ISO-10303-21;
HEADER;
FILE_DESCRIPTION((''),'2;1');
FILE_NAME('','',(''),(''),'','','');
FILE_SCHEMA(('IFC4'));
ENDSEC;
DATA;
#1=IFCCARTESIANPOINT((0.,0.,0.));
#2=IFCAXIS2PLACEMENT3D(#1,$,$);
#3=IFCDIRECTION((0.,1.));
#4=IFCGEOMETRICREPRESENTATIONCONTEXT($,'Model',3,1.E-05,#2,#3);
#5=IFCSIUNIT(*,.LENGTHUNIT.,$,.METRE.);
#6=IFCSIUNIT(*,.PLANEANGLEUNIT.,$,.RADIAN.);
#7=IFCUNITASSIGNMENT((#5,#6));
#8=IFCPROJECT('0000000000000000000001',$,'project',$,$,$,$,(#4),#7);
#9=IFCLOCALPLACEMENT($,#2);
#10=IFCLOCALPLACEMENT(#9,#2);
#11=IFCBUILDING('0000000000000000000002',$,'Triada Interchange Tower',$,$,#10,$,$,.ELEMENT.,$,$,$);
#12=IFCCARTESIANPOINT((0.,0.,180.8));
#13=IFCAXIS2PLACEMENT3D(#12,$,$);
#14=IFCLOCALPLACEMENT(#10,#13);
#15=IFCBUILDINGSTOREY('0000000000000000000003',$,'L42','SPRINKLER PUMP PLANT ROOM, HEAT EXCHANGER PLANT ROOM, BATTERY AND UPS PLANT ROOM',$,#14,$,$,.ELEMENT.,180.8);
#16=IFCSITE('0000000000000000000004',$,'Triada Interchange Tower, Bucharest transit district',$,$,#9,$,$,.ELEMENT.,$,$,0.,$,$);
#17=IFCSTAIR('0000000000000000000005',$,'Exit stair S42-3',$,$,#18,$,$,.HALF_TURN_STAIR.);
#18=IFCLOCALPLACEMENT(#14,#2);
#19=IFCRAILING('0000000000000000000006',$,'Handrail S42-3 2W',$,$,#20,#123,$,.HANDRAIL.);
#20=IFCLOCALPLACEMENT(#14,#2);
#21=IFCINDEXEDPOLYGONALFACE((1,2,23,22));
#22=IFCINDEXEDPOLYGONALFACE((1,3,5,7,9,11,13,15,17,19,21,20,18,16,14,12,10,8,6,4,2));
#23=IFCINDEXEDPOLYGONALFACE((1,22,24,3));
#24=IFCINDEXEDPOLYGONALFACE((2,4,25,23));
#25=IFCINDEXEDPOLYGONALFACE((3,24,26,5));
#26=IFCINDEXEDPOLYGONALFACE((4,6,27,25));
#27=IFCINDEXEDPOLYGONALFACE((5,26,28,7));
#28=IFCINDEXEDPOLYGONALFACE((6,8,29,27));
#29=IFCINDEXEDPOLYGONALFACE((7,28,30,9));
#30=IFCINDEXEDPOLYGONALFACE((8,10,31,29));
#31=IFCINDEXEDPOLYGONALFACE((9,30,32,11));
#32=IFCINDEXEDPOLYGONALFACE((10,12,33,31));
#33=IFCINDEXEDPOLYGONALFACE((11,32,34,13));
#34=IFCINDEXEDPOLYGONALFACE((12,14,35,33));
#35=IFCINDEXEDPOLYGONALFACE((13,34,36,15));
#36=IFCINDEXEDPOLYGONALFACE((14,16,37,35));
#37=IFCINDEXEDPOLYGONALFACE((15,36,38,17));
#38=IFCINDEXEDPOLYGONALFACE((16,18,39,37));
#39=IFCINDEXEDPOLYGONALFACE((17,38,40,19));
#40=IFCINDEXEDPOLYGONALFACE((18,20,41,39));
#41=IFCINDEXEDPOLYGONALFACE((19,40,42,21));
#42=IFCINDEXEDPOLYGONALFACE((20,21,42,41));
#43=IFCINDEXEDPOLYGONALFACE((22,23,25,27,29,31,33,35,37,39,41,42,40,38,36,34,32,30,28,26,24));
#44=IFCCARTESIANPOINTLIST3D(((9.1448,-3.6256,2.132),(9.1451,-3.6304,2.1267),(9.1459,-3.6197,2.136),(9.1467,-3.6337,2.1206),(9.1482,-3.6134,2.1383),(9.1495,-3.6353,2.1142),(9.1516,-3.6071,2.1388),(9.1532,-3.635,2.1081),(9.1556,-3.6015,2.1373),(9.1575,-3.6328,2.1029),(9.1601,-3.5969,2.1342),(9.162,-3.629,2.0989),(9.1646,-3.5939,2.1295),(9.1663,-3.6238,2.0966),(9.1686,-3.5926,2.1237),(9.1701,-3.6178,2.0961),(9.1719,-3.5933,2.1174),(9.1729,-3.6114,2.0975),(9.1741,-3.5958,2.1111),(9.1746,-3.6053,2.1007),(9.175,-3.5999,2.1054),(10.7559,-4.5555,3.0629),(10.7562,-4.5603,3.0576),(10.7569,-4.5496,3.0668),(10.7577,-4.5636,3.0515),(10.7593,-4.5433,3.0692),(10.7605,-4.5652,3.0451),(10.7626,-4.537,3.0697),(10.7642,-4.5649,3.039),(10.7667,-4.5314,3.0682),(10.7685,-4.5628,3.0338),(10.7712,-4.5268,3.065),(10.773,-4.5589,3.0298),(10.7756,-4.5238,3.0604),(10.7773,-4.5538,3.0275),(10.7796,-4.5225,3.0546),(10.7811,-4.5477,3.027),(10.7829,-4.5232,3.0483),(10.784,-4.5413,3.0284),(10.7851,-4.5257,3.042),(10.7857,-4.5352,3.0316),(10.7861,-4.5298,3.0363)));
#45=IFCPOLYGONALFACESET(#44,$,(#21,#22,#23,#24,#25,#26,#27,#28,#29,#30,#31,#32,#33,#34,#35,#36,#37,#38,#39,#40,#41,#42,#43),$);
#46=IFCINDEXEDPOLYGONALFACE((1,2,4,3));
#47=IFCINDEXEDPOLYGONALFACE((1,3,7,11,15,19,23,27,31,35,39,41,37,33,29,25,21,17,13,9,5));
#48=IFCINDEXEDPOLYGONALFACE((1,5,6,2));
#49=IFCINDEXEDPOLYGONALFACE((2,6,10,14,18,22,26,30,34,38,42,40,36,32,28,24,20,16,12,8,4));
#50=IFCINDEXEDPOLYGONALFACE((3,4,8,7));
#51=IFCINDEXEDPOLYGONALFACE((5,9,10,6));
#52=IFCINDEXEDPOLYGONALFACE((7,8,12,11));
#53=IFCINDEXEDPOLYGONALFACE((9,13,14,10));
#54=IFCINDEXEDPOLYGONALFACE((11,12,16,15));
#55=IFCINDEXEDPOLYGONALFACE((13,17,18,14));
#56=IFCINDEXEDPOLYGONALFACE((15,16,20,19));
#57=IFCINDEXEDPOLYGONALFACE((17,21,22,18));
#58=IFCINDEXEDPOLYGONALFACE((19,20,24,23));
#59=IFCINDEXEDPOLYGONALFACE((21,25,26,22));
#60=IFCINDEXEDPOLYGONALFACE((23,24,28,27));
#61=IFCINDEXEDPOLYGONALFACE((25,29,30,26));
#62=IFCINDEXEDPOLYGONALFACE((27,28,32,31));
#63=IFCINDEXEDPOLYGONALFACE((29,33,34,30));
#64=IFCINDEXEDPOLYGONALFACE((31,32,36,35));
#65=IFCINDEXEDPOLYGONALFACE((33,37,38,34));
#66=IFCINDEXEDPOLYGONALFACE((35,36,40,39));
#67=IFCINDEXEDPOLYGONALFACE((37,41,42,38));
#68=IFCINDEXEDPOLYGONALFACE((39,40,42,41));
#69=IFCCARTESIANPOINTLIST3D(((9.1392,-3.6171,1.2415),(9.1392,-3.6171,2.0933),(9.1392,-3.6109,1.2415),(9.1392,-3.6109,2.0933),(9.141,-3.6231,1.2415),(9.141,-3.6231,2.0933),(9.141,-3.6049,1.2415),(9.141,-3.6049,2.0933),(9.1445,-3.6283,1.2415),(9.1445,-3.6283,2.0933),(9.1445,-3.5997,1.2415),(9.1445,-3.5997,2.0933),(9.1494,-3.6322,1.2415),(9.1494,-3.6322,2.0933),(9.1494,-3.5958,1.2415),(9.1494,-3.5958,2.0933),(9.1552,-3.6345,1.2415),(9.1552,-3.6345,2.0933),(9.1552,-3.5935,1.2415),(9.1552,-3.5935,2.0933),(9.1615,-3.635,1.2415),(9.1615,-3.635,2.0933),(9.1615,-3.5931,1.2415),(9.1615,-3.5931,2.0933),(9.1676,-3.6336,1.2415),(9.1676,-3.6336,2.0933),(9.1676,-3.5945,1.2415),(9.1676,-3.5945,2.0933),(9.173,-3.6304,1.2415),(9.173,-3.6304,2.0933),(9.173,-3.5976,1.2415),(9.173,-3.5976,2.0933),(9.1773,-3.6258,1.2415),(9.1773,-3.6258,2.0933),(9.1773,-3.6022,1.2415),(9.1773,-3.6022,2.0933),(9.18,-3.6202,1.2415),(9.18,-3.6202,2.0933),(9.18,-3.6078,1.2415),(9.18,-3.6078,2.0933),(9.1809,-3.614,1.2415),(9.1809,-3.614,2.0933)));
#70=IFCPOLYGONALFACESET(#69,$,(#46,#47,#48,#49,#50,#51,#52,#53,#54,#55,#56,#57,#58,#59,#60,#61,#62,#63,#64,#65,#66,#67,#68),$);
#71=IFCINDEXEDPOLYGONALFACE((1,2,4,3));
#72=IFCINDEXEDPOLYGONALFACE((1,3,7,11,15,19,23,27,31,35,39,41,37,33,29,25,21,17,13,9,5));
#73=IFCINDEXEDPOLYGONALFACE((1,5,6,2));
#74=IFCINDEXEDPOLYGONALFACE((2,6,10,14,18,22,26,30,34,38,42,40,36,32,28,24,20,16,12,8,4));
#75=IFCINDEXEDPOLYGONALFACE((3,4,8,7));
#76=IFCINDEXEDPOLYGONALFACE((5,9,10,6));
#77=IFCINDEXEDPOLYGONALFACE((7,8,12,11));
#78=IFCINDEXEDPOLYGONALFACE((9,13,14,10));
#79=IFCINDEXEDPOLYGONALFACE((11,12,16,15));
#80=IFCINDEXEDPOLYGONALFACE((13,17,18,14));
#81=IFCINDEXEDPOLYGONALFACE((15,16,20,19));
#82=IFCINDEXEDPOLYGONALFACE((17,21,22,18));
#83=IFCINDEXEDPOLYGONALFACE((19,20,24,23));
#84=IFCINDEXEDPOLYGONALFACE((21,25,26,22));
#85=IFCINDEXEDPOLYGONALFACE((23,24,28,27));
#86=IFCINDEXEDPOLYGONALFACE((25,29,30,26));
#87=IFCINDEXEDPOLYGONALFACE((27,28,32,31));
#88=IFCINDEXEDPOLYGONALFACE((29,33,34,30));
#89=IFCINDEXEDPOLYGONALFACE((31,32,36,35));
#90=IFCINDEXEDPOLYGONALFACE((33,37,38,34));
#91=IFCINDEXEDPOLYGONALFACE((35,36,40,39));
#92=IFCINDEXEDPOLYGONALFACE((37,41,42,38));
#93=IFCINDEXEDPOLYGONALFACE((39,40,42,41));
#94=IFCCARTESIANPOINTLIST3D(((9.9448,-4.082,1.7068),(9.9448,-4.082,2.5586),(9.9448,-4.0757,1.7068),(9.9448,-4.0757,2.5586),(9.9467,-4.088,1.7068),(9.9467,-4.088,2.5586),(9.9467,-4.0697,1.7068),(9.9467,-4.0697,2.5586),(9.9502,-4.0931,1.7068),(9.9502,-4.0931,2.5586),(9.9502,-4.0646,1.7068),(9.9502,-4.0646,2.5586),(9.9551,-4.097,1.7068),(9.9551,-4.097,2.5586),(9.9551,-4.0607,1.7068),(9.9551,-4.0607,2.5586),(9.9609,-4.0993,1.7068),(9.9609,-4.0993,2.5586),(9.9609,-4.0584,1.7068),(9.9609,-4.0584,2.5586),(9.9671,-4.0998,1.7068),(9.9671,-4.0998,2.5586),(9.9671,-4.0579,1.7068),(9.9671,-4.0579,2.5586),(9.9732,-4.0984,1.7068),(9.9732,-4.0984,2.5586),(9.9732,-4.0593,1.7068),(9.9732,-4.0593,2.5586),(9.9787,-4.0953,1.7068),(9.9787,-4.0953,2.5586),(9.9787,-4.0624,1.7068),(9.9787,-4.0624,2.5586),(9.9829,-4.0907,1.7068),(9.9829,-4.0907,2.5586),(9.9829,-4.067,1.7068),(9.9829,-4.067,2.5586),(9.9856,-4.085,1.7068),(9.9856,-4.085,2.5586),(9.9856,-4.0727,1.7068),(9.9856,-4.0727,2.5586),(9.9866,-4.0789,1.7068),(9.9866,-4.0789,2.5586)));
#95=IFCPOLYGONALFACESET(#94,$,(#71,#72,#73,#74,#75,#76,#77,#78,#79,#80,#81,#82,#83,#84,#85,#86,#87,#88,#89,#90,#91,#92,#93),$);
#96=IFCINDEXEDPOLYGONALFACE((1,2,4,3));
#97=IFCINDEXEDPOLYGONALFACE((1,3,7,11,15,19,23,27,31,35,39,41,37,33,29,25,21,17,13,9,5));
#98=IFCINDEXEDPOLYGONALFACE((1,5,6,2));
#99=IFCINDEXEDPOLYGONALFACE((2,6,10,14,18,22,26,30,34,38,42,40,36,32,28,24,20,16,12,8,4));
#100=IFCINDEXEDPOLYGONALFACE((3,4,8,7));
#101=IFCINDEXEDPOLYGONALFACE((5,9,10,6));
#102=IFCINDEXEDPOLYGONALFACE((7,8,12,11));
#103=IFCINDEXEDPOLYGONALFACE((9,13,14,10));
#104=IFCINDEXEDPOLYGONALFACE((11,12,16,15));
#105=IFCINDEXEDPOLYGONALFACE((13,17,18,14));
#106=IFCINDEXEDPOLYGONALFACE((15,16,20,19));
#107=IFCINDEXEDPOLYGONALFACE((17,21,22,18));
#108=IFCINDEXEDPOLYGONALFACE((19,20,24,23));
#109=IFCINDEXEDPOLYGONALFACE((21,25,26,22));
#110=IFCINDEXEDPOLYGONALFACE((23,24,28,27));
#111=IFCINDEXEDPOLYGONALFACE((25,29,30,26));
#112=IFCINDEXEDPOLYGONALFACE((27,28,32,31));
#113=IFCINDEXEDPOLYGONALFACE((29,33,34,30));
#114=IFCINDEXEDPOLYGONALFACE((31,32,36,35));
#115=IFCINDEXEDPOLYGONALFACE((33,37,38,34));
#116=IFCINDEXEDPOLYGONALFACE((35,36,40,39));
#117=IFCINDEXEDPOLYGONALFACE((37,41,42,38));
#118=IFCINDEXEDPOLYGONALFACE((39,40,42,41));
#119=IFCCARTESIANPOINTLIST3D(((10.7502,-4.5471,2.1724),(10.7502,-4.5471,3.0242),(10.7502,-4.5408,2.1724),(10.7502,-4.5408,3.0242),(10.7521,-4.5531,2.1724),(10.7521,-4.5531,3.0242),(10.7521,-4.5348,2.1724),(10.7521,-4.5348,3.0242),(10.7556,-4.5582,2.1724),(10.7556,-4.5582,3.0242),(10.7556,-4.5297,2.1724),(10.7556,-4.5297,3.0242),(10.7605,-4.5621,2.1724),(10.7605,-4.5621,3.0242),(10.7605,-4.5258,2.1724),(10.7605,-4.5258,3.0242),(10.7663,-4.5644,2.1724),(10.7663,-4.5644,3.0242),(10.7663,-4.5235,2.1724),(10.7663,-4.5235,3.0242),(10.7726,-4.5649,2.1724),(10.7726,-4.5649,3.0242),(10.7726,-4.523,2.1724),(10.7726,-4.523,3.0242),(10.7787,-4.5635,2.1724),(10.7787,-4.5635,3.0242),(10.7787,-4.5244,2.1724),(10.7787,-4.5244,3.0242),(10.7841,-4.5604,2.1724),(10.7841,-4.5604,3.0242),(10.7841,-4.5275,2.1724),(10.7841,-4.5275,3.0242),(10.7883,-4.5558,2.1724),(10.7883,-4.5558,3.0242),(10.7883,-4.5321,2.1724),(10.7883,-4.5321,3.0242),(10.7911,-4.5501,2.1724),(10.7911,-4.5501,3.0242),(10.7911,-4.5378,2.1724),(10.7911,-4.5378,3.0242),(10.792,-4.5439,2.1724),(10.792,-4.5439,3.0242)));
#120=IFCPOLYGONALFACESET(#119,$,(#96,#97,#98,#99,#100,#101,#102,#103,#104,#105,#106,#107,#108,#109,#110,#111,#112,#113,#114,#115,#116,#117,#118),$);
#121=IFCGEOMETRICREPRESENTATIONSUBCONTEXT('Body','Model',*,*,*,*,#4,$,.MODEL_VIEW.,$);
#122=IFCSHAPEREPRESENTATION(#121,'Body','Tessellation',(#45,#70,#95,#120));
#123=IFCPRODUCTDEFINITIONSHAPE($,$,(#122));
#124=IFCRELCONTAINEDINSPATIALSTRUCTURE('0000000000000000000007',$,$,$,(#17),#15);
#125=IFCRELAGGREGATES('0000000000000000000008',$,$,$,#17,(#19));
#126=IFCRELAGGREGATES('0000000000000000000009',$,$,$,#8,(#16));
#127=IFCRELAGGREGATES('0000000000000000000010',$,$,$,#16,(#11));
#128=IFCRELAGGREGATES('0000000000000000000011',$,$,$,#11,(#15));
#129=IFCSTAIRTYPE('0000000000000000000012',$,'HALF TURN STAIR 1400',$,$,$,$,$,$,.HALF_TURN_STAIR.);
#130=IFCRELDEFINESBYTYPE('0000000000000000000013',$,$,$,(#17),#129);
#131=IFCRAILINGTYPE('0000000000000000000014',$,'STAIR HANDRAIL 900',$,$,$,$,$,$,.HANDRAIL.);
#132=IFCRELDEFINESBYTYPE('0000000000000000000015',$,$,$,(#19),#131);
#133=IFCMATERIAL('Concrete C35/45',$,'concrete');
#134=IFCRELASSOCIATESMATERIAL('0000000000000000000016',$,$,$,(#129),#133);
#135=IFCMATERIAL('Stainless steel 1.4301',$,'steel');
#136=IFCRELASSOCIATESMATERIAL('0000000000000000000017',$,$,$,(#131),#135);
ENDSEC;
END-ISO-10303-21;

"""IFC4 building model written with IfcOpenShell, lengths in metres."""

from ifc_helpers import new_model, si_unit, direction, frame, origin, origin_2d, place, context, subcontext, project, spatial, circle, extrude, material, type_object, element, aggregate, save


model = new_model("IFC4")

# Units and contexts
model_context = context("Model", 3, precision=1e-05, world=origin(), true_north=direction((0.0, 1.0)))
body_context = subcontext(model_context, "Body", "Model", "MODEL_VIEW")
ifc_project = project(units=[si_unit("LENGTHUNIT", "METRE"), si_unit("PLANEANGLEUNIT", "RADIAN")], contexts=[model_context])

# Site, building, storey
site_placement = place(None, origin())
site = spatial("IfcSite", under=ifc_project, at=site_placement, Name="Triada Interchange Tower, Bucharest transit district", CompositionType="ELEMENT", RefElevation=0.0)
building_placement = place(site_placement, origin())
building = spatial("IfcBuilding", under=site, at=building_placement, Name="Triada Interchange Tower", CompositionType="ELEMENT")
storey_placement = place(building_placement, frame((0.0, 0.0, 180.8)))
storey = spatial("IfcBuildingStorey", under=building, at=storey_placement, Name="L42", Description="SPRINKLER PUMP PLANT ROOM, HEAT EXCHANGER PLANT ROOM, BATTERY AND UPS PLANT ROOM", CompositionType="ELEMENT", Elevation=180.8)

# Shared definitions
ifc_material_1 = material(Name="Concrete C35/45", Category="concrete")

# Stair, railing
stair_type = type_object("IfcStairType", Name="HALF TURN STAIR 1400", PredefinedType="HALF_TURN_STAIR", material=ifc_material_1)
stair_placement = place(storey_placement, origin())
stair = element("IfcStair", 1, at=stair_placement, inside=storey, type_object=stair_type, Name="Exit stair S42-3", PredefinedType="HALF_TURN_STAIR")
ifc_material_2 = material(Name="Stainless steel 1.4301", Category="steel")
railing_type_1 = type_object("IfcRailingType", Name="STAIR HANDRAIL 900", PredefinedType="HANDRAIL", material=ifc_material_2)
railing_1_placement = place(storey_placement, frame((9.1599, -3.614, 1.2415)))
railing_1 = element("IfcRailing", 2, at=railing_1_placement, type_object=railing_type_1, Name="Handrail S42-3 2W", PredefinedType="HANDRAIL", context=body_context, shape_type="SweptSolid", body=[
    extrude(circle(Radius=0.0239, at=origin_2d()), frame((0.0, 0.0, 0.876), z_axis=(0.77451, -0.447054, 0.447523), x_axis=(0.499908, 0.866079, 0.0)), (0.0, 0.0, 1.0), 2.0801),
    extrude(circle(Radius=0.021, at=origin_2d()), origin(), (0.0, 0.0, 1.0), 0.8518),
    extrude(circle(Radius=0.021, at=origin_2d()), frame((0.8057, -0.4648, 0.4653)), (0.0, 0.0, 1.0), 0.8518),
    extrude(circle(Radius=0.021, at=origin_2d()), frame((1.6111, -0.9299, 0.9309)), (0.0, 0.0, 1.0), 0.8518),
])
aggregate(stair, [railing_1])

save(model, "model.ifc")
